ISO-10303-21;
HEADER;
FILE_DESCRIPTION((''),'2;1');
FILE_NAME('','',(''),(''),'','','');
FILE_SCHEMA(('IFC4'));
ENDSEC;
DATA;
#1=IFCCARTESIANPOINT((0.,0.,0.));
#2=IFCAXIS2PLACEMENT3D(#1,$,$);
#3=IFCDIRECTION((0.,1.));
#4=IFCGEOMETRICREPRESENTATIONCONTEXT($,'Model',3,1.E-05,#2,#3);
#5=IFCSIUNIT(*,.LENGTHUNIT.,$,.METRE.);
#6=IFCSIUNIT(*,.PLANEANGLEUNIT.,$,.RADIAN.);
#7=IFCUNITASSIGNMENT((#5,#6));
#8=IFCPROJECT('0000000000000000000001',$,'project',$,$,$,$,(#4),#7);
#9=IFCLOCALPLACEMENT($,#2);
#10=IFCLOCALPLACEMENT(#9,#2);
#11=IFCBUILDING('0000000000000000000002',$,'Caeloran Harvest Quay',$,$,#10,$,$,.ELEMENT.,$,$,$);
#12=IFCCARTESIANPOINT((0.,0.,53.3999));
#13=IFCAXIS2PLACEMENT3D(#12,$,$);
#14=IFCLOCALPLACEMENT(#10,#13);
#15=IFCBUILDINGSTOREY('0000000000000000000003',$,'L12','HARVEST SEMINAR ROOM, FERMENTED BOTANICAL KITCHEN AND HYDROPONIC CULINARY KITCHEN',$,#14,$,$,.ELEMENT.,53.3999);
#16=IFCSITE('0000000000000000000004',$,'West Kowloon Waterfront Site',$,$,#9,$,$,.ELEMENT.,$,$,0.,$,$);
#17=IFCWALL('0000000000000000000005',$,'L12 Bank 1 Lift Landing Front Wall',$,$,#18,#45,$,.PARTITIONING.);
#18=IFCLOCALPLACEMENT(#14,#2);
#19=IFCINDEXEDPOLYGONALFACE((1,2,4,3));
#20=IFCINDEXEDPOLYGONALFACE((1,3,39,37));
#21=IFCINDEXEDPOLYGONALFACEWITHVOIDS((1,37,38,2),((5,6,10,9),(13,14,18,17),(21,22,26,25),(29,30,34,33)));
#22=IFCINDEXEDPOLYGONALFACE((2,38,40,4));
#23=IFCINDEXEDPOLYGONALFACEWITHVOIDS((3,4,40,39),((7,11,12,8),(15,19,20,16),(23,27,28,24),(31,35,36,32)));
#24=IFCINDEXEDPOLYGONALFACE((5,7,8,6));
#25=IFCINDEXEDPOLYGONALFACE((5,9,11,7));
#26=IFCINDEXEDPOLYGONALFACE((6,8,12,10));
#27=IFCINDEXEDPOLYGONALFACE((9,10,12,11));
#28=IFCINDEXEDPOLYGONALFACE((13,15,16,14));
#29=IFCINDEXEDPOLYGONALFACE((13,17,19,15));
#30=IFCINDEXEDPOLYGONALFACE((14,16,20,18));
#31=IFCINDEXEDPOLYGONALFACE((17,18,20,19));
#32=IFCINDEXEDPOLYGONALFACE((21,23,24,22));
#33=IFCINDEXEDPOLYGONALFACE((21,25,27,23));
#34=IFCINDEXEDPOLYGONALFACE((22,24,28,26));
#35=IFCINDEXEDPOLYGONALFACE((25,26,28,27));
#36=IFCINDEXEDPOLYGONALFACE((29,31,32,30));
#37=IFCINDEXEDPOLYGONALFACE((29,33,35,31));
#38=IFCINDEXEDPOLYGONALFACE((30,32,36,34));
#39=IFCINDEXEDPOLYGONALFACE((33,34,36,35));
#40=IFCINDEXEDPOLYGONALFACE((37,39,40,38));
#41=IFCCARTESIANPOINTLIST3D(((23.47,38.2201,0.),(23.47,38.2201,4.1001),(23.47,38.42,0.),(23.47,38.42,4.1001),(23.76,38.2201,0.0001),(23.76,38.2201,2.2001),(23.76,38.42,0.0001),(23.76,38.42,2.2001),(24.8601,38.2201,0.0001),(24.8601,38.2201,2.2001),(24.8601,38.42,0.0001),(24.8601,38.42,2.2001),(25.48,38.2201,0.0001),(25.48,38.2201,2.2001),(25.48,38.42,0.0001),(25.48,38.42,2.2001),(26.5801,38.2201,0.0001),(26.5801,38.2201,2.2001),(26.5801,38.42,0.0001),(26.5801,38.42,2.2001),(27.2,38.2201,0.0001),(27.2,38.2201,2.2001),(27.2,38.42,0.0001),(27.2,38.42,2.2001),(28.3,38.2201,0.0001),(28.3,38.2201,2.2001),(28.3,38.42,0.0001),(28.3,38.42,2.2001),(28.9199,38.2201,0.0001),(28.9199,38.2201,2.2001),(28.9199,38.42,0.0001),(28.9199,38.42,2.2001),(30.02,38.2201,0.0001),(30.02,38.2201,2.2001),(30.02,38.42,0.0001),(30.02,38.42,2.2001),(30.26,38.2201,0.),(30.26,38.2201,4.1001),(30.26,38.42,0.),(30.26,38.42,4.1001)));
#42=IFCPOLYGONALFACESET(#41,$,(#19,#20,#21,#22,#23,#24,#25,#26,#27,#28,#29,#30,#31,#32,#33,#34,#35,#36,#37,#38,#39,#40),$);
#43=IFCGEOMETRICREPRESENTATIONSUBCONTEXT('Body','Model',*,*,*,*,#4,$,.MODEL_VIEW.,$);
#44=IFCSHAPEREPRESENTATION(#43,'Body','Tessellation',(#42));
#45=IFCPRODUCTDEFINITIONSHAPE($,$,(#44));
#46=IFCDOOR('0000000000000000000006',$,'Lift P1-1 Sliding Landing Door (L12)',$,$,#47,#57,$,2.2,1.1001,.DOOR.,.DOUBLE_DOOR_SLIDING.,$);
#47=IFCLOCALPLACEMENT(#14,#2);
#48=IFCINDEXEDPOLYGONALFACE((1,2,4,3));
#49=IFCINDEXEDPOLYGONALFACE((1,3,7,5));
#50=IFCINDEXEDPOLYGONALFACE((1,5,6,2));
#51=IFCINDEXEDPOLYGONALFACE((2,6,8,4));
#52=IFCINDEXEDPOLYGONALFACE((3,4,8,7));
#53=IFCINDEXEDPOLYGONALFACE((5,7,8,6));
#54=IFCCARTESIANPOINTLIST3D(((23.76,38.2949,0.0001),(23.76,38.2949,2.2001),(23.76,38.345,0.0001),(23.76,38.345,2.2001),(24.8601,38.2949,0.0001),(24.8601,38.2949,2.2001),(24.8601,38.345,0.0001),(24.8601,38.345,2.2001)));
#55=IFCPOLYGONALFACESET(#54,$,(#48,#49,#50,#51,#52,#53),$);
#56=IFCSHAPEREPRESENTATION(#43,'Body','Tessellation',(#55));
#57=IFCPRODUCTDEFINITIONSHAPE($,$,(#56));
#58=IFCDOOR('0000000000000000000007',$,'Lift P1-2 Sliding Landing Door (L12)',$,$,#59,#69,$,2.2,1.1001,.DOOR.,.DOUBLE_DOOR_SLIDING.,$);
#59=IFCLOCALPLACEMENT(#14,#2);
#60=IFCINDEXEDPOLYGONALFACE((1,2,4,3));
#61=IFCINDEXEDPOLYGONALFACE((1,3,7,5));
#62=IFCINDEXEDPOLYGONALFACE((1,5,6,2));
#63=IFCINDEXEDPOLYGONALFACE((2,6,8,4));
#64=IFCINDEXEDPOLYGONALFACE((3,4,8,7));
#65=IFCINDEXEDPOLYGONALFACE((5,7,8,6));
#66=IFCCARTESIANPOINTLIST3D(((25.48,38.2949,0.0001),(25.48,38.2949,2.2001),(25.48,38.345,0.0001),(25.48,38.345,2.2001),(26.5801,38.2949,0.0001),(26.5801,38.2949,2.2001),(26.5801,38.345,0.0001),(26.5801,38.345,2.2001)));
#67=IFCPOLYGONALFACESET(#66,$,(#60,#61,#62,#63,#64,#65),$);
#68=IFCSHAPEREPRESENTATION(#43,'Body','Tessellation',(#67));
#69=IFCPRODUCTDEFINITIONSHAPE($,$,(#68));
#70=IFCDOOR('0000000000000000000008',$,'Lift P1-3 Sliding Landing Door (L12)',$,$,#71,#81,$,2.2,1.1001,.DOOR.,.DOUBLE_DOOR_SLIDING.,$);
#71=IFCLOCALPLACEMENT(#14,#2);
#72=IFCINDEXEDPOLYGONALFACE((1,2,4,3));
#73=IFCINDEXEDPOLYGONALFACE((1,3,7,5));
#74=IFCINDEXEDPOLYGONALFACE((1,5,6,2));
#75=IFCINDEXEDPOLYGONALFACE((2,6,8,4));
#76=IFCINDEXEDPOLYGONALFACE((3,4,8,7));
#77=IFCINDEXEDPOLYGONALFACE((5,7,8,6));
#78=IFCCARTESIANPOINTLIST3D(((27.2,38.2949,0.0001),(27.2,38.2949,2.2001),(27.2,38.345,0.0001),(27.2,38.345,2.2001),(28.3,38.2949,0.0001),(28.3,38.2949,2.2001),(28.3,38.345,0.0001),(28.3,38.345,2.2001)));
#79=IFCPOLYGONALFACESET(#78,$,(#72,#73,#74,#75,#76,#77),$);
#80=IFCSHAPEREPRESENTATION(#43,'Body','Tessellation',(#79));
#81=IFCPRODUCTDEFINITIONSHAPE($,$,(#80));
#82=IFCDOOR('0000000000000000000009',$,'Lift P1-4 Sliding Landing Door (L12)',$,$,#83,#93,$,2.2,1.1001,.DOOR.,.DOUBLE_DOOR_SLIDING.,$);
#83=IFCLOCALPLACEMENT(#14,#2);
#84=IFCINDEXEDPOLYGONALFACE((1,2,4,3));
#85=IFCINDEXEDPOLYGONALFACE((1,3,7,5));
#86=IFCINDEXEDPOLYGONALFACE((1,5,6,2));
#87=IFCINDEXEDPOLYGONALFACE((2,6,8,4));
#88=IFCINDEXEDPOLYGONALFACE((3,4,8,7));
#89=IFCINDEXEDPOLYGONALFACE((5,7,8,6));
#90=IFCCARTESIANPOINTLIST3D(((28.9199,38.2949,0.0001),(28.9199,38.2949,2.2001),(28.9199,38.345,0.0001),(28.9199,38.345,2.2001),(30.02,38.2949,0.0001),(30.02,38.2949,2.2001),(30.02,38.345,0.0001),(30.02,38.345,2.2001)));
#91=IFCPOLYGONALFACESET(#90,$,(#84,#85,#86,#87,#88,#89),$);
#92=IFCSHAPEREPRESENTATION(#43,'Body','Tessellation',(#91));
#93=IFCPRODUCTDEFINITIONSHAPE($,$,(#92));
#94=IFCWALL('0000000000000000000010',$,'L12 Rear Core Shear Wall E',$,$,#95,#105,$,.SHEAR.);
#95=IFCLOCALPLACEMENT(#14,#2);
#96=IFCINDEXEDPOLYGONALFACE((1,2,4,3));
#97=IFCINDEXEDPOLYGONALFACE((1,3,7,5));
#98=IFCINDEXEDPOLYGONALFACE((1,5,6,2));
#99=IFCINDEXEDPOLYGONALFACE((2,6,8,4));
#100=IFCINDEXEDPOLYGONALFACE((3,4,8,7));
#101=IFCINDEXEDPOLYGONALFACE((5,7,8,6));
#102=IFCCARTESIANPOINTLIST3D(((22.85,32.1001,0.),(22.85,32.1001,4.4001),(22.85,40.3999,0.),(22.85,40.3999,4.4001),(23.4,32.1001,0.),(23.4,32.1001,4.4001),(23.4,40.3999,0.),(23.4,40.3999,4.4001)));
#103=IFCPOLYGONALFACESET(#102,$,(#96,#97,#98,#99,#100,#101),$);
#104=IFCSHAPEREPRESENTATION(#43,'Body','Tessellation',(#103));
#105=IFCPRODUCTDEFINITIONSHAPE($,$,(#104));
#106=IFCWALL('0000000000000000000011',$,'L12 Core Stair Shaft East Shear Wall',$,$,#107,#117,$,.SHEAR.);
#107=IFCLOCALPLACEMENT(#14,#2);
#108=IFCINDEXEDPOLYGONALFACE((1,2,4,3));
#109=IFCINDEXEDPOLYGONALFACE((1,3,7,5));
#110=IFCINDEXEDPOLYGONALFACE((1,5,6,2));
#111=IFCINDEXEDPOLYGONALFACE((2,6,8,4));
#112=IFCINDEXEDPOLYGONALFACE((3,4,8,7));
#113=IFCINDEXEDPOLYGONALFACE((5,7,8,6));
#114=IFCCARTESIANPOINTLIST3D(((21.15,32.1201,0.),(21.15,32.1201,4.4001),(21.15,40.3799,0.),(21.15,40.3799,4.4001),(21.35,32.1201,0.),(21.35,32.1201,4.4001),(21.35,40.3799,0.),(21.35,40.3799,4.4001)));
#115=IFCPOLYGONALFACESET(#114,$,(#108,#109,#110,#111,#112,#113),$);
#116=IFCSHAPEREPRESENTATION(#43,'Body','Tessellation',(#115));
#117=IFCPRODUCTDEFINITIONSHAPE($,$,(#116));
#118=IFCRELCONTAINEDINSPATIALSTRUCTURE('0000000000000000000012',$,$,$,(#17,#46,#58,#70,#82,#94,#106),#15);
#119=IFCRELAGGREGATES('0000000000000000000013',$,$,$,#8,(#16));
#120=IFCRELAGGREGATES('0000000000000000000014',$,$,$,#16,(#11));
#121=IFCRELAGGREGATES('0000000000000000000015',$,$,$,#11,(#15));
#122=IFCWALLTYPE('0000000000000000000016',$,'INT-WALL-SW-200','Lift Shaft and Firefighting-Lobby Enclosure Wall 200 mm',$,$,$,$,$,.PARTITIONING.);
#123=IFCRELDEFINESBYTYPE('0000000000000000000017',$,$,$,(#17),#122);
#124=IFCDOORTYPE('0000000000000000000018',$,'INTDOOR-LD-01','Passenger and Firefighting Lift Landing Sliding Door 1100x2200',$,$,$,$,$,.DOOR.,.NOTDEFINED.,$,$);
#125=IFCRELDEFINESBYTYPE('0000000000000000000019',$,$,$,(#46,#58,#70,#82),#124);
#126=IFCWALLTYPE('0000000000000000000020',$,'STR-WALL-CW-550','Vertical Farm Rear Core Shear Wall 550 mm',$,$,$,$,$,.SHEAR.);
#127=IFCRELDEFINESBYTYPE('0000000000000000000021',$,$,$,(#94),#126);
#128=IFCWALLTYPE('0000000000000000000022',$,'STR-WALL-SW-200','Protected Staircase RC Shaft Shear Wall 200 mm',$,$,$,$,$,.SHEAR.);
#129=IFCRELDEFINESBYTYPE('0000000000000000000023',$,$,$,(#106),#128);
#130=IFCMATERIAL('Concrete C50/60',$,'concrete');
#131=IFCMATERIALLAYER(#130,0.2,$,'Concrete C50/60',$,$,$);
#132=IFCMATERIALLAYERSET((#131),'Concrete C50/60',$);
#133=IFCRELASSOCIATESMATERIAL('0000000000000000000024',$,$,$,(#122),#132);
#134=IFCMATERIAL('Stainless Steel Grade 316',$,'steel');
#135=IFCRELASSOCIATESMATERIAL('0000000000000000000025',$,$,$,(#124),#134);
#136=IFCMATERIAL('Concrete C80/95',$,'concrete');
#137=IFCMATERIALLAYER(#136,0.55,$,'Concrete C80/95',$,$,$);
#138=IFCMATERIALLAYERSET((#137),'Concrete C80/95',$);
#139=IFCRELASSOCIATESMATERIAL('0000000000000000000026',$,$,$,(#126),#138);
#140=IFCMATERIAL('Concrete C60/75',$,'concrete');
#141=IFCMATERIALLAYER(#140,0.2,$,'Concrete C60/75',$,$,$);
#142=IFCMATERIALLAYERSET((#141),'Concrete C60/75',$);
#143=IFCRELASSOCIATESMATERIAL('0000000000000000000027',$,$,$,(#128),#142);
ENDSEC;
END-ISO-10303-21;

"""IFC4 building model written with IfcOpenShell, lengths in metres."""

from ifc_helpers import new_model, si_unit, direction, frame, frame_2d, origin, place, context, subcontext, project, spatial, rectangle, extrude, material, layer, layer_set, type_object, element, fill, save


model = new_model("IFC4")

# Units and contexts
model_context = context("Model", 3, precision=1e-05, world=origin(), true_north=direction((0.0, 1.0)))
body_context = subcontext(model_context, "Body", "Model", "MODEL_VIEW")
ifc_project = project(units=[si_unit("LENGTHUNIT", "METRE"), si_unit("PLANEANGLEUNIT", "RADIAN")], contexts=[model_context])

# Site, building, storey
site_placement = place(None, origin())
site = spatial("IfcSite", under=ifc_project, at=site_placement, Name="West Kowloon Waterfront Site", CompositionType="ELEMENT", RefElevation=0.0)
building_placement = place(site_placement, origin())
building = spatial("IfcBuilding", under=site, at=building_placement, Name="Caeloran Harvest Quay", CompositionType="ELEMENT")
storey_placement = place(building_placement, frame((0.0, 0.0, 53.3999)))
storey = spatial("IfcBuildingStorey", under=building, at=storey_placement, Name="L12", Description="HARVEST SEMINAR ROOM, FERMENTED BOTANICAL KITCHEN AND HYDROPONIC CULINARY KITCHEN", CompositionType="ELEMENT", Elevation=53.3999)

# Shared definitions
ifc_material_1 = material(Name="Concrete C80/95", Category="concrete")

# Shared definitions
ifc_material_2 = material(Name="Concrete C50/60", Category="concrete")
ifc_layer_1 = layer(ifc_material_2, 0.2, Name="Concrete C50/60")
ifc_layer_set_1 = layer_set([ifc_layer_1], Name="Concrete C50/60")
wall_type_1 = type_object("IfcWallType", Name="INT-WALL-SW-200", Description="Lift Shaft and Firefighting-Lobby Enclosure Wall 200 mm", PredefinedType="PARTITIONING", material=ifc_layer_set_1)
ifc_material_3 = material(Name="Stainless Steel Grade 316", Category="steel")

# Wall, openings, doors
wall_1_placement = place(storey_placement, frame((23.47, 38.3201, 0.0), z_axis=(0.0, 0.0, 1.0), x_axis=(1.0, 0.0, 0.0)))
wall_1 = element("IfcWall", 1, at=wall_1_placement, inside=storey, type_object=wall_type_1, Name="L12 Bank 1 Lift Landing Front Wall", PredefinedType="PARTITIONING", context=body_context, shape_type="SweptSolid", body=[
    extrude(rectangle(XDim=6.79, YDim=0.2, at=frame_2d((3.395, 0.0))), origin(), (0.0, 0.0, 1.0), 4.1001),
])
opening_1_placement = place(wall_1_placement, frame((0.29, 0.0, 0.0)))
opening_1 = element("IfcOpeningElement", 2, at=opening_1_placement, cuts=wall_1, PredefinedType="OPENING", context=body_context, shape_type="SweptSolid", body=[
    extrude(rectangle(XDim=1.1001, YDim=2.2, at=frame_2d((0.55, 1.1001))), frame((0.0, 0.1099, 0.0), z_axis=(0.0, -1.0, 0.0), x_axis=(1.0, 0.0, 0.0)), (0.0, 0.0, 1.0), 0.22),
])
opening_2_placement = place(wall_1_placement, frame((2.01, 0.0, 0.0)))
opening_2 = element("IfcOpeningElement", 3, at=opening_2_placement, cuts=wall_1, PredefinedType="OPENING", context=body_context, shape_type="SweptSolid", body=[
    extrude(rectangle(XDim=1.1001, YDim=2.2, at=frame_2d((0.55, 1.1001))), frame((0.0, 0.1099, 0.0), z_axis=(0.0, -1.0, 0.0), x_axis=(1.0, 0.0, 0.0)), (0.0, 0.0, 1.0), 0.22),
])
opening_3_placement = place(wall_1_placement, frame((3.73, 0.0, 0.0)))
opening_3 = element("IfcOpeningElement", 4, at=opening_3_placement, cuts=wall_1, PredefinedType="OPENING", context=body_context, shape_type="SweptSolid", body=[
    extrude(rectangle(XDim=1.1001, YDim=2.2, at=frame_2d((0.55, 1.1001))), frame((0.0, 0.1099, 0.0), z_axis=(0.0, -1.0, 0.0), x_axis=(1.0, 0.0, 0.0)), (0.0, 0.0, 1.0), 0.22),
])
opening_4_placement = place(wall_1_placement, frame((5.45, 0.0, 0.0)))
opening_4 = element("IfcOpeningElement", 5, at=opening_4_placement, cuts=wall_1, PredefinedType="OPENING", context=body_context, shape_type="SweptSolid", body=[
    extrude(rectangle(XDim=1.1001, YDim=2.2, at=frame_2d((0.55, 1.1001))), frame((0.0, 0.1099, 0.0), z_axis=(0.0, -1.0, 0.0), x_axis=(1.0, 0.0, 0.0)), (0.0, 0.0, 1.0), 0.22),
])
door_type_1 = type_object("IfcDoorType", Name="INTDOOR-LD-01", Description="Passenger and Firefighting Lift Landing Sliding Door 1100x2200", OperationType="NOTDEFINED", PredefinedType="DOOR", material=ifc_material_3)
door_1_placement = place(opening_1_placement, origin())
door_1 = element("IfcDoor", 6, at=door_1_placement, inside=storey, type_object=door_type_1, Name="Lift P1-1 Sliding Landing Door (L12)", OperationType="DOUBLE_DOOR_SLIDING", OverallHeight=2.2, OverallWidth=1.1001, PredefinedType="DOOR", context=body_context, shape_type="SweptSolid", body=[
    extrude(rectangle(XDim=1.1001, YDim=2.2, at=frame_2d((0.55, 1.1001))), frame((0.0, 0.0249, 0.0), z_axis=(0.0, -1.0, 0.0), x_axis=(1.0, 0.0, 0.0)), (0.0, 0.0, 1.0), 0.05),
])
fill(opening_1, door_1)
door_2_placement = place(opening_2_placement, origin())
door_2 = element("IfcDoor", 7, at=door_2_placement, inside=storey, type_object=door_type_1, Name="Lift P1-2 Sliding Landing Door (L12)", OperationType="DOUBLE_DOOR_SLIDING", OverallHeight=2.2, OverallWidth=1.1001, PredefinedType="DOOR", context=body_context, shape_type="SweptSolid", body=[
    extrude(rectangle(XDim=1.1001, YDim=2.2, at=frame_2d((0.55, 1.1001))), frame((0.0, 0.0249, 0.0), z_axis=(0.0, -1.0, 0.0), x_axis=(1.0, 0.0, 0.0)), (0.0, 0.0, 1.0), 0.05),
])
fill(opening_2, door_2)
door_3_placement = place(opening_3_placement, origin())
door_3 = element("IfcDoor", 8, at=door_3_placement, inside=storey, type_object=door_type_1, Name="Lift P1-3 Sliding Landing Door (L12)", OperationType="DOUBLE_DOOR_SLIDING", OverallHeight=2.2, OverallWidth=1.1001, PredefinedType="DOOR", context=body_context, shape_type="SweptSolid", body=[
    extrude(rectangle(XDim=1.1001, YDim=2.2, at=frame_2d((0.55, 1.1001))), frame((0.0, 0.0249, 0.0), z_axis=(0.0, -1.0, 0.0), x_axis=(1.0, 0.0, 0.0)), (0.0, 0.0, 1.0), 0.05),
])
fill(opening_3, door_3)
door_4_placement = place(opening_4_placement, origin())
door_4 = element("IfcDoor", 9, at=door_4_placement, inside=storey, type_object=door_type_1, Name="Lift P1-4 Sliding Landing Door (L12)", OperationType="DOUBLE_DOOR_SLIDING", OverallHeight=2.2, OverallWidth=1.1001, PredefinedType="DOOR", context=body_context, shape_type="SweptSolid", body=[
    extrude(rectangle(XDim=1.1001, YDim=2.2, at=frame_2d((0.55, 1.1001))), frame((0.0, 0.0249, 0.0), z_axis=(0.0, -1.0, 0.0), x_axis=(1.0, 0.0, 0.0)), (0.0, 0.0, 1.0), 0.05),
])
fill(opening_4, door_4)

# Walls
ifc_layer_2 = layer(ifc_material_1, 0.55, Name="Concrete C80/95")
ifc_layer_set_2 = layer_set([ifc_layer_2], Name="Concrete C80/95")
wall_type_2 = type_object("IfcWallType", Name="STR-WALL-CW-550", Description="Vertical Farm Rear Core Shear Wall 550 mm", PredefinedType="SHEAR", material=ifc_layer_set_2)
wall_2_placement = place(storey_placement, frame((23.125, 32.1001, 0.0), z_axis=(0.0, 0.0, 1.0), x_axis=(0.0, 1.0, 0.0)))
element("IfcWall", 10, at=wall_2_placement, inside=storey, type_object=wall_type_2, Name="L12 Rear Core Shear Wall E", PredefinedType="SHEAR", context=body_context, shape_type="SweptSolid", body=[
    extrude(rectangle(XDim=8.2998, YDim=0.55, at=frame_2d((4.1499, 0.0))), origin(), (0.0, 0.0, 1.0), 4.4001),
])
ifc_material_4 = material(Name="Concrete C60/75", Category="concrete")
ifc_layer_3 = layer(ifc_material_4, 0.2, Name="Concrete C60/75")
ifc_layer_set_3 = layer_set([ifc_layer_3], Name="Concrete C60/75")
wall_type_3 = type_object("IfcWallType", Name="STR-WALL-SW-200", Description="Protected Staircase RC Shaft Shear Wall 200 mm", PredefinedType="SHEAR", material=ifc_layer_set_3)
wall_3_placement = place(storey_placement, frame((21.25, 32.1201, 0.0), z_axis=(0.0, 0.0, 1.0), x_axis=(0.0, 1.0, 0.0)))
element("IfcWall", 11, at=wall_3_placement, inside=storey, type_object=wall_type_3, Name="L12 Core Stair Shaft East Shear Wall", PredefinedType="SHEAR", context=body_context, shape_type="SweptSolid", body=[
    extrude(rectangle(XDim=8.2598, YDim=0.2, at=frame_2d((4.1299, 0.0))), origin(), (0.0, 0.0, 1.0), 4.4001),
])

save(model, "model.ifc")
